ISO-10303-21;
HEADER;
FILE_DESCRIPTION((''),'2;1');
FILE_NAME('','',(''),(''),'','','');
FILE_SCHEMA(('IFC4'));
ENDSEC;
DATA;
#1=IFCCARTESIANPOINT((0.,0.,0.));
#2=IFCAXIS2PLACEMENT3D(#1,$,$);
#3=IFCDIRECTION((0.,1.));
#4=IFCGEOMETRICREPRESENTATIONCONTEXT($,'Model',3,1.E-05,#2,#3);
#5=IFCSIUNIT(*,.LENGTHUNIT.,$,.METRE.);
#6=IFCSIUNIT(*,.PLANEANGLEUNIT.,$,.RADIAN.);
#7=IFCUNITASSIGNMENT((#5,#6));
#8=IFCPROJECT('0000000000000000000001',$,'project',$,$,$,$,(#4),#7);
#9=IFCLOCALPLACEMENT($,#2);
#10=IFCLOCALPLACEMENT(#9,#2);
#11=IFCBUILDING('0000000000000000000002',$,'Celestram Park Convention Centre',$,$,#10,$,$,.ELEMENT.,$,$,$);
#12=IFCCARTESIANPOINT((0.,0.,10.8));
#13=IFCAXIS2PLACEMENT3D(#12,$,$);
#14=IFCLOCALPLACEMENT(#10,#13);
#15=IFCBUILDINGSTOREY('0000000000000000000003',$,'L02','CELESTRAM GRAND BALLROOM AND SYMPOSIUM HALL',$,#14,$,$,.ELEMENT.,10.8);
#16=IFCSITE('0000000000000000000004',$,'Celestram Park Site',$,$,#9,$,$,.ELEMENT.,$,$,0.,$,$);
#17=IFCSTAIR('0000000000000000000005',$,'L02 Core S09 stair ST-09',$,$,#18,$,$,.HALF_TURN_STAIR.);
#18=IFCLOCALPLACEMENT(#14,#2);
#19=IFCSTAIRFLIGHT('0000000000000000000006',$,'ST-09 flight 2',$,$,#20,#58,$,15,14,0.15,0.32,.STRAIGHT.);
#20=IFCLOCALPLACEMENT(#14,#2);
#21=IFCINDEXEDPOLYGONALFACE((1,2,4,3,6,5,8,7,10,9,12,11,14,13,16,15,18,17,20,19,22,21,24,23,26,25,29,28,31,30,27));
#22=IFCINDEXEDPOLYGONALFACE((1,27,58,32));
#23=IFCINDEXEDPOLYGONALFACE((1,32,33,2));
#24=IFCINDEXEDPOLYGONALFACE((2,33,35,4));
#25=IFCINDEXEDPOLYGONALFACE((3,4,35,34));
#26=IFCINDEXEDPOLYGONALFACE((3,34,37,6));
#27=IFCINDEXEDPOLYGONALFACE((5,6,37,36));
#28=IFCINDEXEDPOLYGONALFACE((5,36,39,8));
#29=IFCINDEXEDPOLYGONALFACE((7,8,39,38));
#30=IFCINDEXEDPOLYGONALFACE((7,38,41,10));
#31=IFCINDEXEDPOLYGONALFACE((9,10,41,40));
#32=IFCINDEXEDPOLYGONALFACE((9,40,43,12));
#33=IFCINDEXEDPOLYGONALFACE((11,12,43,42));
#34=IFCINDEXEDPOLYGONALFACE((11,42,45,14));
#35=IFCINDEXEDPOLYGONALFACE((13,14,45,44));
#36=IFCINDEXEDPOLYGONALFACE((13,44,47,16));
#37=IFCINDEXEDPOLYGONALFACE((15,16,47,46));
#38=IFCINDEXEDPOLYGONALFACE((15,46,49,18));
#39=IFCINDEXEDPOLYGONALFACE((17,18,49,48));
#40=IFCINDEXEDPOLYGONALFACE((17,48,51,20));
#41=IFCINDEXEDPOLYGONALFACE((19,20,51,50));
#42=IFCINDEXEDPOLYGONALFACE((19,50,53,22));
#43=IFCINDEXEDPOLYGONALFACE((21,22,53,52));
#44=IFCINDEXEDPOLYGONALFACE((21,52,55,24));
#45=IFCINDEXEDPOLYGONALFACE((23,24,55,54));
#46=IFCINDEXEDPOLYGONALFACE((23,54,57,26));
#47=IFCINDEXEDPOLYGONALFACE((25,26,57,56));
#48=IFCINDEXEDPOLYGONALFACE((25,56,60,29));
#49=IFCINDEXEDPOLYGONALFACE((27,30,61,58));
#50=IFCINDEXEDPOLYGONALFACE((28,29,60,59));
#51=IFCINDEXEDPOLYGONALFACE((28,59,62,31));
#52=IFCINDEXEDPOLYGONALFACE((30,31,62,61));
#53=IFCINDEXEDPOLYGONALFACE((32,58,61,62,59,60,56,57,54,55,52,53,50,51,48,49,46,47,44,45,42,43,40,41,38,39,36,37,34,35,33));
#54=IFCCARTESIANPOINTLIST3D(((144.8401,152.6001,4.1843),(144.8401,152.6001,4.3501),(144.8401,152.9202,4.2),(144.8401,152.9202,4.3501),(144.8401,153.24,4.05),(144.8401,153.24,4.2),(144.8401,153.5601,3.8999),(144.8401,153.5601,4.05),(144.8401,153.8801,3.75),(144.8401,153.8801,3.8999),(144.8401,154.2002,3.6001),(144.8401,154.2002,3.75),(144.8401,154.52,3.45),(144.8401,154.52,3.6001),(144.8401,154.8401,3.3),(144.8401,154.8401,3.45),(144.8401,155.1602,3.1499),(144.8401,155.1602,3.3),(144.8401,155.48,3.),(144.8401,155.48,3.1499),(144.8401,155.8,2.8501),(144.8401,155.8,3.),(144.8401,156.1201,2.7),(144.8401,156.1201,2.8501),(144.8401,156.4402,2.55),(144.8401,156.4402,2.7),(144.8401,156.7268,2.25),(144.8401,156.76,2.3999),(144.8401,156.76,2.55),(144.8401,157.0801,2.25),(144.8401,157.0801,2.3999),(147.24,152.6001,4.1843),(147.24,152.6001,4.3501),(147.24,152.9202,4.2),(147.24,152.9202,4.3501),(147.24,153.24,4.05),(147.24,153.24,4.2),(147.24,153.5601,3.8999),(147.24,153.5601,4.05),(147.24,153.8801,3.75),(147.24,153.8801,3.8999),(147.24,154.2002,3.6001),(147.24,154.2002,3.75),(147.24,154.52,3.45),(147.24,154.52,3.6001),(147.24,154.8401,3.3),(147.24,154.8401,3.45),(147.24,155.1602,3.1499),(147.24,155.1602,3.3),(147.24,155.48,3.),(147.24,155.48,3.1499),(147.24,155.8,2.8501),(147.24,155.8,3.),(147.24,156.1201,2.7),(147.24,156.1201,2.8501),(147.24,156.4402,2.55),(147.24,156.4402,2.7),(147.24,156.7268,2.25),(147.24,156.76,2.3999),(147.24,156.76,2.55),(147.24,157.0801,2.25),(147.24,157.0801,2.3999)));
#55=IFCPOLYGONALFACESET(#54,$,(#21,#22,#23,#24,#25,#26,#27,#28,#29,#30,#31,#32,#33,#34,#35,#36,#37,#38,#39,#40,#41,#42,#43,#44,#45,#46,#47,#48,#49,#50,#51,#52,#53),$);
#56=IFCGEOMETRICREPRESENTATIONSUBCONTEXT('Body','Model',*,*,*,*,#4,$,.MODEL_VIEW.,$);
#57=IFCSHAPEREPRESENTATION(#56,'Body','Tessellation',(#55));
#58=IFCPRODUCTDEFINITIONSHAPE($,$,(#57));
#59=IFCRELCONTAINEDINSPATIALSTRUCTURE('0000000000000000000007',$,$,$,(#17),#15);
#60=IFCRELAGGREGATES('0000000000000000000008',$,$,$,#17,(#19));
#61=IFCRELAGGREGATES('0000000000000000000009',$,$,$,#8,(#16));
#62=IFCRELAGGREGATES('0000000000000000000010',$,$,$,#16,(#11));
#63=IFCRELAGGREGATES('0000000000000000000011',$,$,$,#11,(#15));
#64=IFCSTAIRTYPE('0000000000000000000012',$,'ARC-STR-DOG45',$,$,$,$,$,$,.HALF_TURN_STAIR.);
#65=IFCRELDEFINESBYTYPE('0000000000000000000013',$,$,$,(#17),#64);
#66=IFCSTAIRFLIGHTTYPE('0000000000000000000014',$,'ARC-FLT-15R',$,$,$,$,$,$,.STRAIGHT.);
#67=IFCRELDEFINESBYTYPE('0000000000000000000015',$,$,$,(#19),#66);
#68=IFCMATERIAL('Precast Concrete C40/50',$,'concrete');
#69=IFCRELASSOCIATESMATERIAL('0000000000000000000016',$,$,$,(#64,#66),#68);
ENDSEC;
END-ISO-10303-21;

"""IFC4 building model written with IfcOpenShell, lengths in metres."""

from ifc_helpers import new_model, si_unit, direction, frame, origin, place, context, subcontext, project, spatial, polyline, outline, extrude, material, type_object, element, aggregate, save


model = new_model("IFC4")

# Units and contexts
model_context = context("Model", 3, precision=1e-05, world=origin(), true_north=direction((0.0, 1.0)))
body_context = subcontext(model_context, "Body", "Model", "MODEL_VIEW")
ifc_project = project(units=[si_unit("LENGTHUNIT", "METRE"), si_unit("PLANEANGLEUNIT", "RADIAN")], contexts=[model_context])

# Site, building, storey
site_placement = place(None, origin())
site = spatial("IfcSite", under=ifc_project, at=site_placement, Name="Celestram Park Site", CompositionType="ELEMENT", RefElevation=0.0)
building_placement = place(site_placement, origin())
building = spatial("IfcBuilding", under=site, at=building_placement, Name="Celestram Park Convention Centre", CompositionType="ELEMENT")
storey_placement = place(building_placement, frame((0.0, 0.0, 10.8)))
storey = spatial("IfcBuildingStorey", under=building, at=storey_placement, Name="L02", Description="CELESTRAM GRAND BALLROOM AND SYMPOSIUM HALL", CompositionType="ELEMENT", Elevation=10.8)

# Stair, stair flight
ifc_material_1 = material(Name="Precast Concrete C40/50", Category="concrete")
stair_type = type_object("IfcStairType", Name="ARC-STR-DOG45", PredefinedType="HALF_TURN_STAIR", material=ifc_material_1)
stair_placement = place(storey_placement, origin())
stair = element("IfcStair", 1, at=stair_placement, inside=storey, type_object=stair_type, Name="L02 Core S09 stair ST-09", PredefinedType="HALF_TURN_STAIR")
stair_flight_type = type_object("IfcStairFlightType", Name="ARC-FLT-15R", PredefinedType="STRAIGHT", material=ifc_material_1)
stair_flight_1_placement = place(storey_placement, frame((146.04, 157.0801, 2.25), z_axis=(0.0, 0.0, 1.0), x_axis=(0.0, -1.0, 0.0)))
stair_flight_1 = element("IfcStairFlight", 2, at=stair_flight_1_placement, type_object=stair_flight_type, Name="ST-09 flight 2", NumberOfRisers=15, NumberOfTreads=14, PredefinedType="STRAIGHT", RiserHeight=0.15, TreadLength=0.32, context=body_context, shape_type="SweptSolid", body=[
    extrude(outline(polyline([(0.0, 0.0), (0.0, 0.1499), (0.3201, 0.1499), (0.3201, 0.3), (0.6399, 0.3), (0.6399, 0.45), (0.96, 0.45), (0.96, 0.6001), (1.28, 0.6001), (1.28, 0.75), (1.6001, 0.75), (1.6001, 0.8999), (1.9199, 0.8999), (1.9199, 1.05), (2.24, 1.05), (2.24, 1.2), (2.5601, 1.2), (2.5601, 1.3501), (2.8799, 1.3501), (2.8799, 1.5), (3.2, 1.5), (3.2, 1.6499), (3.52, 1.6499), (3.52, 1.8), (3.8401, 1.8), (3.8401, 1.95), (4.1599, 1.95), (4.1599, 2.1001), (4.48, 2.1001), (4.48, 2.25), (4.48, 1.9343), (0.3533, 0.0), (0.0, 0.0)])), frame((0.0, 1.2, 0.0), z_axis=(0.0, -1.0, 0.0), x_axis=(1.0, 0.0, 0.0)), (0.0, 0.0, 1.0), 2.3999),
])
aggregate(stair, [stair_flight_1])

save(model, "model.ifc")
